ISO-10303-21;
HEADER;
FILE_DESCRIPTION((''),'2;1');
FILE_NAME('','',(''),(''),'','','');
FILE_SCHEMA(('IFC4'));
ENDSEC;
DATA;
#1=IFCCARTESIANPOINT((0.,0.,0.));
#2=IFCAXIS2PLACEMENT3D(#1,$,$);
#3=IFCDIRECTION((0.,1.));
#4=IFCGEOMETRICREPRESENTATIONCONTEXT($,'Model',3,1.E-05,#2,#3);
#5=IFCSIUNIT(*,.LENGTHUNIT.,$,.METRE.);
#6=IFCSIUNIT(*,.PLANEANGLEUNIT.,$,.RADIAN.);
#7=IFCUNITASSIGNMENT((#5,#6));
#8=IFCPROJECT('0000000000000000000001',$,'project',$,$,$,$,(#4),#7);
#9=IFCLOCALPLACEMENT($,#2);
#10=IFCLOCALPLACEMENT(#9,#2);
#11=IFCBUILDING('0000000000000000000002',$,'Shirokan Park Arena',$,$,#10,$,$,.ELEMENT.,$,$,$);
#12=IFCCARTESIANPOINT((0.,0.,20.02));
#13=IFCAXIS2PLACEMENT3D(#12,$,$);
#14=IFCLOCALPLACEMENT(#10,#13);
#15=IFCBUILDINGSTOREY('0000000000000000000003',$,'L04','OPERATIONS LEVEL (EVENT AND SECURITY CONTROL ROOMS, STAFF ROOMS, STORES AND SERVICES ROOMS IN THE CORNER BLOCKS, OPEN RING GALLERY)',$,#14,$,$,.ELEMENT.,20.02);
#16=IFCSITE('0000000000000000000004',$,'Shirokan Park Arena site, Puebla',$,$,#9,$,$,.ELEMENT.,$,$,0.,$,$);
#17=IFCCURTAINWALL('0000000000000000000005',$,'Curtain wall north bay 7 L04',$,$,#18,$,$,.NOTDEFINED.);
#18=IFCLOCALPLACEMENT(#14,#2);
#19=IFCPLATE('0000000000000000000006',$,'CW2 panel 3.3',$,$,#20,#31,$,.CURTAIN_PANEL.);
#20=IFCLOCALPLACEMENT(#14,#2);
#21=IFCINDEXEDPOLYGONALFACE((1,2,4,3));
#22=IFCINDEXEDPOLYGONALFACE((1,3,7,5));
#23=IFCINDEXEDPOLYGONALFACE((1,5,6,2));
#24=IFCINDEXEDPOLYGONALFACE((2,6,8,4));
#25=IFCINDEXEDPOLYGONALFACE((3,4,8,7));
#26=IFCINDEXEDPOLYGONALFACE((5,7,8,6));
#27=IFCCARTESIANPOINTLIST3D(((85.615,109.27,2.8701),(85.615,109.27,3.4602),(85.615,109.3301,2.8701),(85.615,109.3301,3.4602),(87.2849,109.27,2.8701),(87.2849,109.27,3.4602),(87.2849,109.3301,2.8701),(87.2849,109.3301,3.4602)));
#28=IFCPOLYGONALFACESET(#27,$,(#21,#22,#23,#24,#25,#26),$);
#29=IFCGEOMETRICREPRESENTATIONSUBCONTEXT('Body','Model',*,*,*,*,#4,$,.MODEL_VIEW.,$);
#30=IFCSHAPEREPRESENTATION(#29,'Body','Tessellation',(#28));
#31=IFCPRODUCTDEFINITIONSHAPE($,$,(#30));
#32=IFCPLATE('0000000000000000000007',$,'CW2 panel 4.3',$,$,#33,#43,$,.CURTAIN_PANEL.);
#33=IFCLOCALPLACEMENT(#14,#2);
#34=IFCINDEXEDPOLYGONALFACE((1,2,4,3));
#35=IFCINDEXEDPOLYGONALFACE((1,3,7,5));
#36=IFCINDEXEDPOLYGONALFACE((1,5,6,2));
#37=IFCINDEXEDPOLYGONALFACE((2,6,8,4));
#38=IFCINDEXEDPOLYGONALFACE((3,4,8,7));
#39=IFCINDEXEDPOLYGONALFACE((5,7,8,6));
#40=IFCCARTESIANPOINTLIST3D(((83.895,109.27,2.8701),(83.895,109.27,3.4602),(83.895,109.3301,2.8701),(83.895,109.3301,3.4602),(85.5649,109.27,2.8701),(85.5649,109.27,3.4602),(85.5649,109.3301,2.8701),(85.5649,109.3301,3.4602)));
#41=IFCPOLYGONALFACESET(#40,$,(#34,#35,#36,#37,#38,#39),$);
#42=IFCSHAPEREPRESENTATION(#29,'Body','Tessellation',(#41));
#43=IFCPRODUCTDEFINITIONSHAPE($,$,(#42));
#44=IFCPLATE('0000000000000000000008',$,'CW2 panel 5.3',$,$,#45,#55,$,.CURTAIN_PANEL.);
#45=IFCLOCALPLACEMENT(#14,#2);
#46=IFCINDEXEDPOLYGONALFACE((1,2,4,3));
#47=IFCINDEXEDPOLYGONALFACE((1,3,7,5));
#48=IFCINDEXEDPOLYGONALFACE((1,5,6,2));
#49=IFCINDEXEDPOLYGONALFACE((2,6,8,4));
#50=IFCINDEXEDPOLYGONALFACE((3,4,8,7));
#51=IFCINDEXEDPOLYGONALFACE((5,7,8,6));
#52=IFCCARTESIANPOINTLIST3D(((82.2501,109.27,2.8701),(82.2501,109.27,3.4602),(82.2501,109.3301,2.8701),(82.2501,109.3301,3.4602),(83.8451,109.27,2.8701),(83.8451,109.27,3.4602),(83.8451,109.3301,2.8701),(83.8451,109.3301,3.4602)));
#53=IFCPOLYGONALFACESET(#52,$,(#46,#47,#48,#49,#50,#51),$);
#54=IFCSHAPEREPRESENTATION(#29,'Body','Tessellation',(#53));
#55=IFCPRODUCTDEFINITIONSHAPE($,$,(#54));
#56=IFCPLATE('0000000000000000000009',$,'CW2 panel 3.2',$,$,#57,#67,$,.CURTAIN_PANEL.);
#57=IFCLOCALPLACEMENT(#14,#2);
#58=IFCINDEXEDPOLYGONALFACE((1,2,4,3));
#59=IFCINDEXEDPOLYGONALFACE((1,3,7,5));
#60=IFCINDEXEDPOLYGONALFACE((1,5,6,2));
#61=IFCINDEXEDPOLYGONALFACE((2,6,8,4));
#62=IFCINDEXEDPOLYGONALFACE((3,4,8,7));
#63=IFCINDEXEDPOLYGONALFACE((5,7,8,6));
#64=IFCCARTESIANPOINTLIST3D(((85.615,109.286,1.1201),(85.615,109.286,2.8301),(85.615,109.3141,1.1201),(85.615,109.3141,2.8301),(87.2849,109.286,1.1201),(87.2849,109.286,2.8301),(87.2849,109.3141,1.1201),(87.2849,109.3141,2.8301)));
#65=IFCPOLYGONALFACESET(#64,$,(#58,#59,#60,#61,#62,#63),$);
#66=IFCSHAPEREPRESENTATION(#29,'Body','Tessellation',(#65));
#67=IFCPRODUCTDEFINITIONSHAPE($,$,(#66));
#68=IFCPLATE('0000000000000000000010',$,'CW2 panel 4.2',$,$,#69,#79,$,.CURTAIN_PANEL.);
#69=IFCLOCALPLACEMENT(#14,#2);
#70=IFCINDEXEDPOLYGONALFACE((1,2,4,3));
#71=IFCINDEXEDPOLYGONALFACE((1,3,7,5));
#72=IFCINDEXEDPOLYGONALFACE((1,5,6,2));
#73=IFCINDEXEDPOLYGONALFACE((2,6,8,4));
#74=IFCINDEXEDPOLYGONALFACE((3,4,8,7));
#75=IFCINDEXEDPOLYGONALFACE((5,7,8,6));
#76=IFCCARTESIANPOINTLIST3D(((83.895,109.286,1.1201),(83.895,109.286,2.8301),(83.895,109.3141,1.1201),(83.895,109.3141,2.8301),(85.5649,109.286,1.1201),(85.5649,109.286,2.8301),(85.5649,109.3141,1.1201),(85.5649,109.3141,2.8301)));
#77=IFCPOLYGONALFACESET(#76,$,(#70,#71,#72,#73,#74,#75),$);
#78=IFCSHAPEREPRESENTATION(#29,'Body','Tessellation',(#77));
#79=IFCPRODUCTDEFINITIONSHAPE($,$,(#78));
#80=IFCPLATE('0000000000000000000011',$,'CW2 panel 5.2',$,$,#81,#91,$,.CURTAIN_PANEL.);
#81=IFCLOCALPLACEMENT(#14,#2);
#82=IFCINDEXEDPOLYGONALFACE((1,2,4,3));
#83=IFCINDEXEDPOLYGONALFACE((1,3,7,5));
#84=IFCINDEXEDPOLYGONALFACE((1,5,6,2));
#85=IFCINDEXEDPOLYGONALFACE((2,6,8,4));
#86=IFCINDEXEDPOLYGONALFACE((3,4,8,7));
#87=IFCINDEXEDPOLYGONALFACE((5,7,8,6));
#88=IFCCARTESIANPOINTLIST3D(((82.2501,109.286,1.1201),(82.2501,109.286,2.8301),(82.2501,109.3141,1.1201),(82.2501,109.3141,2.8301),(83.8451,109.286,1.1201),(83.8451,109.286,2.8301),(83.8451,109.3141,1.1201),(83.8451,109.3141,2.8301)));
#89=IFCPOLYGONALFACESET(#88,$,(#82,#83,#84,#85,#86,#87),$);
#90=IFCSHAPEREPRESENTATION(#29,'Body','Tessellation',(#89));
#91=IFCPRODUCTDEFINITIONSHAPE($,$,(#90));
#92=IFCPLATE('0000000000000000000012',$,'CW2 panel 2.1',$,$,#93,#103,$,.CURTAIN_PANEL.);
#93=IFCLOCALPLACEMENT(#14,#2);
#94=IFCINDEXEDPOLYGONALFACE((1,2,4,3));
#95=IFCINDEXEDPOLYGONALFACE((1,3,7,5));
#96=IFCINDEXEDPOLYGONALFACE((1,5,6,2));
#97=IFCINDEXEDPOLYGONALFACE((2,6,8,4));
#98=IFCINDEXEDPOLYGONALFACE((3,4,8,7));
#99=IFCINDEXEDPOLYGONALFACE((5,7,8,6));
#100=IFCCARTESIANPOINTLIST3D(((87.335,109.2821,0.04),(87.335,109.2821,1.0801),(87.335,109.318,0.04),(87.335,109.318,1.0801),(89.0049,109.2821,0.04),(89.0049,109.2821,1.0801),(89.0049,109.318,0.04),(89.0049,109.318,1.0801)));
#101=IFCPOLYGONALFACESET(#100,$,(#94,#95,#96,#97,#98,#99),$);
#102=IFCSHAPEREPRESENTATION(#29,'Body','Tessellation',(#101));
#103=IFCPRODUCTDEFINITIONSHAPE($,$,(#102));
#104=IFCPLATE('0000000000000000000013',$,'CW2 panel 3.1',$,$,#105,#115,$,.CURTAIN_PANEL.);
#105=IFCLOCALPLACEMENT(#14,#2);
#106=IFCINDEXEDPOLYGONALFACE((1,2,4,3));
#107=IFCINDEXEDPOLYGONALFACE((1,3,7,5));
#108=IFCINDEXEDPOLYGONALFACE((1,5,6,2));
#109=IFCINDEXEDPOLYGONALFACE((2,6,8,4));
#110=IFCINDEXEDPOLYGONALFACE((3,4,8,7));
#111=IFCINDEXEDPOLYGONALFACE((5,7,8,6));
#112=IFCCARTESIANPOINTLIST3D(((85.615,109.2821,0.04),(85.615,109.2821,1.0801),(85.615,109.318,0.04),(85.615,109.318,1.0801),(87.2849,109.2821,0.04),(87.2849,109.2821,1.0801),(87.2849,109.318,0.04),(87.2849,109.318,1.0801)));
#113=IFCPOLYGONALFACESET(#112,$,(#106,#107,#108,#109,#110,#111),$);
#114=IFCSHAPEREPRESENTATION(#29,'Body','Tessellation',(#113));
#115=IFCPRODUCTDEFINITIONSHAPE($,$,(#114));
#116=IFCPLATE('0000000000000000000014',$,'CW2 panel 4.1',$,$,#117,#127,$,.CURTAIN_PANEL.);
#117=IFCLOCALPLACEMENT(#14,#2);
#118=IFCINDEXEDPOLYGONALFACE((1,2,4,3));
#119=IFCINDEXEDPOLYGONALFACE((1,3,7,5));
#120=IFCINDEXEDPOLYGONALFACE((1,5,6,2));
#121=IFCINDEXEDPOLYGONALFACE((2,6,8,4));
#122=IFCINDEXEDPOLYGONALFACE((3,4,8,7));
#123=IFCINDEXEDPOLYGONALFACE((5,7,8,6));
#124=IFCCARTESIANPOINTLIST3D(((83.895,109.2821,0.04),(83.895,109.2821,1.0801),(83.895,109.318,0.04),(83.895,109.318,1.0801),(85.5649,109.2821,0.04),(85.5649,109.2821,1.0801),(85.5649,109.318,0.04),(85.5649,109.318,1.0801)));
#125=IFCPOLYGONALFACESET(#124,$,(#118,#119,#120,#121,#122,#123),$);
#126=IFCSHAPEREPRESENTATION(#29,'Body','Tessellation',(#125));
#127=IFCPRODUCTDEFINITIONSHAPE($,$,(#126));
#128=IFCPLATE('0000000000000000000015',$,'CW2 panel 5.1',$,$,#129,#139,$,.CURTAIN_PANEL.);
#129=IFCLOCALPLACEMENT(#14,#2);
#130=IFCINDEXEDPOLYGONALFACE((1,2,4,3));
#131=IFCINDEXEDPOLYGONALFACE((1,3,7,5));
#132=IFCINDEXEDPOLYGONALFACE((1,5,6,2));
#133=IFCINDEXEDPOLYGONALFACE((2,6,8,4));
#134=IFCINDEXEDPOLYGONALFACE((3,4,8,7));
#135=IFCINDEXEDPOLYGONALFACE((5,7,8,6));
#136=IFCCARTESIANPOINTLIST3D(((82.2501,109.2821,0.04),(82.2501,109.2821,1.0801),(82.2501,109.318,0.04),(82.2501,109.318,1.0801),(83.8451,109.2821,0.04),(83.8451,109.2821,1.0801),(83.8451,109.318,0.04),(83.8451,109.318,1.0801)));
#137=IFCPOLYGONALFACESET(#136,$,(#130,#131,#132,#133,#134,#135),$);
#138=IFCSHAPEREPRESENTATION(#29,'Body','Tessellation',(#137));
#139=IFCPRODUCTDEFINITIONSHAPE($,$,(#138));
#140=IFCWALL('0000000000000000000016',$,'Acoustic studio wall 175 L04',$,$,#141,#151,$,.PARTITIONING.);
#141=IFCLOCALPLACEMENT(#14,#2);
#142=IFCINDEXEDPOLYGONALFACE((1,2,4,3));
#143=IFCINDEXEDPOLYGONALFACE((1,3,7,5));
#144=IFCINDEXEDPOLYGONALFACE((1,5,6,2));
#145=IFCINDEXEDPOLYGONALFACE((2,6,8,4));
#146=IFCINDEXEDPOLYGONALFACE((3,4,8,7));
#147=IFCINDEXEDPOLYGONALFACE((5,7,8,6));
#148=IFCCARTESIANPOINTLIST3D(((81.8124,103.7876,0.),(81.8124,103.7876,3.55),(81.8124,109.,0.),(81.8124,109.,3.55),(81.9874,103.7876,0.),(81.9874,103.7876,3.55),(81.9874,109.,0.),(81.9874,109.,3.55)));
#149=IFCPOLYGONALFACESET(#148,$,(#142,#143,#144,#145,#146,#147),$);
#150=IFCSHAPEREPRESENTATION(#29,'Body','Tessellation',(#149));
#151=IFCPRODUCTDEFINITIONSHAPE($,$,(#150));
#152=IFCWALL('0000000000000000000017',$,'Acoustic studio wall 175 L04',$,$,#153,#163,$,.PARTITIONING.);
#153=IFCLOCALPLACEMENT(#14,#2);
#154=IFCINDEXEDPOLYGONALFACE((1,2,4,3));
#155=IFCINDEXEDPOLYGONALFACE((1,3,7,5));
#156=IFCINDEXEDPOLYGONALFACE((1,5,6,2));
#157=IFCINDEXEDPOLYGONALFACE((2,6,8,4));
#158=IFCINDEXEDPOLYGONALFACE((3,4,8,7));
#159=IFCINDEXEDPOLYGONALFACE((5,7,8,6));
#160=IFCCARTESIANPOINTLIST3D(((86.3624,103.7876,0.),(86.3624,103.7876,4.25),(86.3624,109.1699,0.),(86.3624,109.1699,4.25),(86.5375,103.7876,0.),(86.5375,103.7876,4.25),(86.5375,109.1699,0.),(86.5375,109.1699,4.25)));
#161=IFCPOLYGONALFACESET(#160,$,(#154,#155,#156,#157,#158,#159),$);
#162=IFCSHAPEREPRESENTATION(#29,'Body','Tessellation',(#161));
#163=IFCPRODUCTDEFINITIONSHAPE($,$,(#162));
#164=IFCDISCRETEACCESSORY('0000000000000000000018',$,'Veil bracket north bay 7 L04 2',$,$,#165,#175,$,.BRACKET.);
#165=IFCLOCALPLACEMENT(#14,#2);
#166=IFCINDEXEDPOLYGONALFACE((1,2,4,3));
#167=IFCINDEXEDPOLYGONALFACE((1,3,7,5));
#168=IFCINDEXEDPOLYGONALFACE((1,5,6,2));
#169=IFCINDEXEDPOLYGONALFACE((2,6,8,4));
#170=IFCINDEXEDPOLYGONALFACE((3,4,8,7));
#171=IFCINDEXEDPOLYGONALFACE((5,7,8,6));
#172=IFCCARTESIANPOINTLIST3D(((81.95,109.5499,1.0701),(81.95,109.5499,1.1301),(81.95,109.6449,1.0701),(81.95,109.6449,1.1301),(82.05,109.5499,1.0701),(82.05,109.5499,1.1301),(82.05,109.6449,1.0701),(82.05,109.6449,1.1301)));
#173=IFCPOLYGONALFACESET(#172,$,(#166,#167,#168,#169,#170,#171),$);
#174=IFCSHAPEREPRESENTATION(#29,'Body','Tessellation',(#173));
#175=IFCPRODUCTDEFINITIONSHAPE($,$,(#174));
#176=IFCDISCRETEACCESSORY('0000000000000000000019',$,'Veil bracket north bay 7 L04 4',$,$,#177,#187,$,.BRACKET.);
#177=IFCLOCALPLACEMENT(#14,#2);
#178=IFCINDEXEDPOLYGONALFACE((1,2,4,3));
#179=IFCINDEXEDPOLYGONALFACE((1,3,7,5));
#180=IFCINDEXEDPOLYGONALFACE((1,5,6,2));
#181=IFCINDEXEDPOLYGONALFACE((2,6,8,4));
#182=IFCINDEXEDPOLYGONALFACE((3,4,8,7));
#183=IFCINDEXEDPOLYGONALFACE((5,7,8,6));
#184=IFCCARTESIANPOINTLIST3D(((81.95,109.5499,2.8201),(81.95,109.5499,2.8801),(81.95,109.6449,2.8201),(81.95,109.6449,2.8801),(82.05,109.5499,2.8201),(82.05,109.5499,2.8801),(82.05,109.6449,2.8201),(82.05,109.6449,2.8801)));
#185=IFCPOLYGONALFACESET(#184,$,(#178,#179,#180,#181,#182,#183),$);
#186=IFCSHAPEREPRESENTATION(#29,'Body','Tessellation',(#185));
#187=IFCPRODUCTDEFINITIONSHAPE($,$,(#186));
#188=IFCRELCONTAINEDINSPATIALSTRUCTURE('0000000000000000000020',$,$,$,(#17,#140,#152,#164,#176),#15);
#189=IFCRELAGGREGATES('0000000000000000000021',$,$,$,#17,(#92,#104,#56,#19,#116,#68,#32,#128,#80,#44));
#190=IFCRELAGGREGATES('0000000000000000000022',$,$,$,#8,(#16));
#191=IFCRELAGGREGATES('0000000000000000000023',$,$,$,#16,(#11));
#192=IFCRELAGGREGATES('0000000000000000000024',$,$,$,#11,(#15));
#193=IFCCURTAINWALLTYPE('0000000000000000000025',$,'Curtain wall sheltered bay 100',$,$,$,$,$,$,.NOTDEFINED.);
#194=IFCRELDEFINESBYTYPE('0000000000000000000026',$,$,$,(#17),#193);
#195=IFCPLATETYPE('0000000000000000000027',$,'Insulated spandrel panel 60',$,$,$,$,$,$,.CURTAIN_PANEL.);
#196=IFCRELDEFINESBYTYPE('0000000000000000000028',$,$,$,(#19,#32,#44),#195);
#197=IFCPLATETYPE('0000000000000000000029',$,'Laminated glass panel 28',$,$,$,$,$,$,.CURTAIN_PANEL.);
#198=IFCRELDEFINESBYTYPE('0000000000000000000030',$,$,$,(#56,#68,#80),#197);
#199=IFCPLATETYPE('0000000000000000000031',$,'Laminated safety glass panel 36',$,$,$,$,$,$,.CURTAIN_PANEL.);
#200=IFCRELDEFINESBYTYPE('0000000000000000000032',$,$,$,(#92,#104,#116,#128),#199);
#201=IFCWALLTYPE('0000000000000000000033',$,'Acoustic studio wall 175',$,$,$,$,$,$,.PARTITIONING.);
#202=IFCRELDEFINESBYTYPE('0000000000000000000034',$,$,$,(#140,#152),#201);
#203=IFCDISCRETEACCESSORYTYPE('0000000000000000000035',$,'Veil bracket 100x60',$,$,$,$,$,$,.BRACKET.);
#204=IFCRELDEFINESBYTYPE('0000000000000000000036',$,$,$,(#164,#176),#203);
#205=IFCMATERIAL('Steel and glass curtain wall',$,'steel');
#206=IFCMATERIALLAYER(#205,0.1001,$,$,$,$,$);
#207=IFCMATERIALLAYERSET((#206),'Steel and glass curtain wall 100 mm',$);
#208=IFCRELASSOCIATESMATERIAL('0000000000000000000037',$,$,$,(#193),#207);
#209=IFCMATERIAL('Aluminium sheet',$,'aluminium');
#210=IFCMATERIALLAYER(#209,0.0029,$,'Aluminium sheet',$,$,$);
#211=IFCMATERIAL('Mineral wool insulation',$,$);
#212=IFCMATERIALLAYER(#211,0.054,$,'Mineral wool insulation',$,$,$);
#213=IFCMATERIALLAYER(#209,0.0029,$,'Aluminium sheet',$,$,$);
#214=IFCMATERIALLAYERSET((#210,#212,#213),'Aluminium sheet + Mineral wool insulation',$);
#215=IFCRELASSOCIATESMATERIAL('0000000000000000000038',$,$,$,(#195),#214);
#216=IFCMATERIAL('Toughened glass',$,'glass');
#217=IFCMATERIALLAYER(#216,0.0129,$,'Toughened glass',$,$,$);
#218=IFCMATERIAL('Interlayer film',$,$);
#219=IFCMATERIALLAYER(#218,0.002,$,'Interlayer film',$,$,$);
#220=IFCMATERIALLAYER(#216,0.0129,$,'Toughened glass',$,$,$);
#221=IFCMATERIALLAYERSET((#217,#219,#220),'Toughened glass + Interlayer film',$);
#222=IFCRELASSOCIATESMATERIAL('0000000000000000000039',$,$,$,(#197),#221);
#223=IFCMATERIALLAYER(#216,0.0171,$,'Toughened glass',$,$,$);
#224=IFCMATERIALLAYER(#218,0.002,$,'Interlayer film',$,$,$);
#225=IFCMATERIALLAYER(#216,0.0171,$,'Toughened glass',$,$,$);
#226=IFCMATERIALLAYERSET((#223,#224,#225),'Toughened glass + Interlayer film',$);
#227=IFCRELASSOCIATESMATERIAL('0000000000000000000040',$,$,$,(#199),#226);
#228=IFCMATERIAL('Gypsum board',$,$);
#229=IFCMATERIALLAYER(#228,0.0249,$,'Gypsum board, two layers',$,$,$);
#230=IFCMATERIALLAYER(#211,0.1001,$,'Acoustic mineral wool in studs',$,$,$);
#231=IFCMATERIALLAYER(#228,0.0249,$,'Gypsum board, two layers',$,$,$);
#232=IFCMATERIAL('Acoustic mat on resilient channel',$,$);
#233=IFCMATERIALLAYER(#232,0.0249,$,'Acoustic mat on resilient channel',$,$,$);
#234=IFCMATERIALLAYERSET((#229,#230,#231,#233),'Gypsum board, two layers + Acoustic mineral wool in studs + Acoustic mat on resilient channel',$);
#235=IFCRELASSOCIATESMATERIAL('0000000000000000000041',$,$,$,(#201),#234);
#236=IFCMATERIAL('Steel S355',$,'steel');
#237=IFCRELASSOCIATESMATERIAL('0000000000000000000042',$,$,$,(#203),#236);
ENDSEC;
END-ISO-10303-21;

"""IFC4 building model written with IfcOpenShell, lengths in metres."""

from ifc_helpers import new_model, si_unit, direction, frame, frame_2d, origin, origin_2d, place, context, subcontext, project, spatial, rectangle, extrude, material, layer, layer_set, type_object, element, aggregate, save


model = new_model("IFC4")

# Units and contexts
model_context = context("Model", 3, precision=1e-05, world=origin(), true_north=direction((0.0, 1.0)))
body_context = subcontext(model_context, "Body", "Model", "MODEL_VIEW")
ifc_project = project(units=[si_unit("LENGTHUNIT", "METRE"), si_unit("PLANEANGLEUNIT", "RADIAN")], contexts=[model_context])

# Site, building, storey
site_placement = place(None, origin())
site = spatial("IfcSite", under=ifc_project, at=site_placement, Name="Shirokan Park Arena site, Puebla", CompositionType="ELEMENT", RefElevation=0.0)
building_placement = place(site_placement, origin())
building = spatial("IfcBuilding", under=site, at=building_placement, Name="Shirokan Park Arena", CompositionType="ELEMENT")
storey_placement = place(building_placement, frame((0.0, 0.0, 20.02)))
storey = spatial("IfcBuildingStorey", under=building, at=storey_placement, Name="L04", Description="OPERATIONS LEVEL (EVENT AND SECURITY CONTROL ROOMS, STAFF ROOMS, STORES AND SERVICES ROOMS IN THE CORNER BLOCKS, OPEN RING GALLERY)", CompositionType="ELEMENT", Elevation=20.02)

# Curtain wall
ifc_material_1 = material(Name="Steel and glass curtain wall", Category="steel")
ifc_layer_1 = layer(ifc_material_1, 0.1001)
ifc_layer_set_1 = layer_set([ifc_layer_1], Name="Steel and glass curtain wall 100 mm")
curtain_wall_type = type_object("IfcCurtainWallType", Name="Curtain wall sheltered bay 100", PredefinedType="NOTDEFINED", material=ifc_layer_set_1)
curtain_wall_placement = place(storey_placement, origin())
curtain_wall = element("IfcCurtainWall", 1, at=curtain_wall_placement, inside=storey, type_object=curtain_wall_type, Name="Curtain wall north bay 7 L04", PredefinedType="NOTDEFINED")
ifc_material_2 = material(Name="Steel S355", Category="steel")

# Plates
ifc_material_3 = material(Name="Aluminium sheet", Category="aluminium")
ifc_layer_2 = layer(ifc_material_3, 0.0029, Name="Aluminium sheet")
ifc_material_4 = material(Name="Mineral wool insulation")
ifc_layer_3 = layer(ifc_material_4, 0.054, Name="Mineral wool insulation")
ifc_layer_4 = layer(ifc_material_3, 0.0029, Name="Aluminium sheet")
ifc_layer_set_2 = layer_set([ifc_layer_2, ifc_layer_3, ifc_layer_4], Name="Aluminium sheet + Mineral wool insulation")
plate_type_1 = type_object("IfcPlateType", Name="Insulated spandrel panel 60", PredefinedType="CURTAIN_PANEL", material=ifc_layer_set_2)
plate_1_placement = place(storey_placement, frame((86.45, 109.3, 2.8701), z_axis=(0.0, 0.0, 1.0), x_axis=(-1.0, 0.0, 0.0)))
plate_1 = element("IfcPlate", 2, at=plate_1_placement, type_object=plate_type_1, Name="CW2 panel 3.3", PredefinedType="CURTAIN_PANEL", context=body_context, shape_type="SweptSolid", body=[
    extrude(rectangle(XDim=1.6699, YDim=0.0601, at=origin_2d()), origin(), (0.0, 0.0, 1.0), 0.5901),
])
plate_2_placement = place(storey_placement, frame((84.73, 109.3, 2.8701), z_axis=(0.0, 0.0, 1.0), x_axis=(-1.0, 0.0, 0.0)))
plate_2 = element("IfcPlate", 3, at=plate_2_placement, type_object=plate_type_1, Name="CW2 panel 4.3", PredefinedType="CURTAIN_PANEL", context=body_context, shape_type="SweptSolid", body=[
    extrude(rectangle(XDim=1.6699, YDim=0.0601, at=origin_2d()), origin(), (0.0, 0.0, 1.0), 0.5901),
])
plate_3_placement = place(storey_placement, frame((83.0476, 109.3, 2.8701), z_axis=(0.0, 0.0, 1.0), x_axis=(-1.0, 0.0, 0.0)))
plate_3 = element("IfcPlate", 4, at=plate_3_placement, type_object=plate_type_1, Name="CW2 panel 5.3", PredefinedType="CURTAIN_PANEL", context=body_context, shape_type="SweptSolid", body=[
    extrude(rectangle(XDim=1.595, YDim=0.0601, at=origin_2d()), origin(), (0.0, 0.0, 1.0), 0.5901),
])
ifc_material_5 = material(Name="Toughened glass", Category="glass")
ifc_layer_5 = layer(ifc_material_5, 0.0129, Name="Toughened glass")
ifc_material_6 = material(Name="Interlayer film")
ifc_layer_6 = layer(ifc_material_6, 0.002, Name="Interlayer film")
ifc_layer_7 = layer(ifc_material_5, 0.0129, Name="Toughened glass")
ifc_layer_set_3 = layer_set([ifc_layer_5, ifc_layer_6, ifc_layer_7], Name="Toughened glass + Interlayer film")
plate_type_2 = type_object("IfcPlateType", Name="Laminated glass panel 28", PredefinedType="CURTAIN_PANEL", material=ifc_layer_set_3)
plate_4_placement = place(storey_placement, frame((86.45, 109.3, 1.1201), z_axis=(0.0, 0.0, 1.0), x_axis=(-1.0, 0.0, 0.0)))
plate_4 = element("IfcPlate", 5, at=plate_4_placement, type_object=plate_type_2, Name="CW2 panel 3.2", PredefinedType="CURTAIN_PANEL", context=body_context, shape_type="SweptSolid", body=[
    extrude(rectangle(XDim=1.6699, YDim=0.0281, at=origin_2d()), origin(), (0.0, 0.0, 1.0), 1.71),
])
plate_5_placement = place(storey_placement, frame((84.73, 109.3, 1.1201), z_axis=(0.0, 0.0, 1.0), x_axis=(-1.0, 0.0, 0.0)))
plate_5 = element("IfcPlate", 6, at=plate_5_placement, type_object=plate_type_2, Name="CW2 panel 4.2", PredefinedType="CURTAIN_PANEL", context=body_context, shape_type="SweptSolid", body=[
    extrude(rectangle(XDim=1.6699, YDim=0.0281, at=origin_2d()), origin(), (0.0, 0.0, 1.0), 1.71),
])
plate_6_placement = place(storey_placement, frame((83.0476, 109.3, 1.1201), z_axis=(0.0, 0.0, 1.0), x_axis=(-1.0, 0.0, 0.0)))
plate_6 = element("IfcPlate", 7, at=plate_6_placement, type_object=plate_type_2, Name="CW2 panel 5.2", PredefinedType="CURTAIN_PANEL", context=body_context, shape_type="SweptSolid", body=[
    extrude(rectangle(XDim=1.595, YDim=0.0281, at=origin_2d()), origin(), (0.0, 0.0, 1.0), 1.71),
])
ifc_layer_8 = layer(ifc_material_5, 0.0171, Name="Toughened glass")
ifc_layer_9 = layer(ifc_material_6, 0.002, Name="Interlayer film")
ifc_layer_10 = layer(ifc_material_5, 0.0171, Name="Toughened glass")
ifc_layer_set_4 = layer_set([ifc_layer_8, ifc_layer_9, ifc_layer_10], Name="Toughened glass + Interlayer film")
plate_type_3 = type_object("IfcPlateType", Name="Laminated safety glass panel 36", PredefinedType="CURTAIN_PANEL", material=ifc_layer_set_4)
plate_7_placement = place(storey_placement, frame((88.1699, 109.3, 0.04), z_axis=(0.0, 0.0, 1.0), x_axis=(-1.0, 0.0, 0.0)))
plate_7 = element("IfcPlate", 8, at=plate_7_placement, type_object=plate_type_3, Name="CW2 panel 2.1", PredefinedType="CURTAIN_PANEL", context=body_context, shape_type="SweptSolid", body=[
    extrude(rectangle(XDim=1.6699, YDim=0.0359, at=origin_2d()), origin(), (0.0, 0.0, 1.0), 1.04),
])
plate_8_placement = place(storey_placement, frame((86.45, 109.3, 0.04), z_axis=(0.0, 0.0, 1.0), x_axis=(-1.0, 0.0, 0.0)))
plate_8 = element("IfcPlate", 9, at=plate_8_placement, type_object=plate_type_3, Name="CW2 panel 3.1", PredefinedType="CURTAIN_PANEL", context=body_context, shape_type="SweptSolid", body=[
    extrude(rectangle(XDim=1.6699, YDim=0.0359, at=origin_2d()), origin(), (0.0, 0.0, 1.0), 1.04),
])
plate_9_placement = place(storey_placement, frame((84.73, 109.3, 0.04), z_axis=(0.0, 0.0, 1.0), x_axis=(-1.0, 0.0, 0.0)))
plate_9 = element("IfcPlate", 10, at=plate_9_placement, type_object=plate_type_3, Name="CW2 panel 4.1", PredefinedType="CURTAIN_PANEL", context=body_context, shape_type="SweptSolid", body=[
    extrude(rectangle(XDim=1.6699, YDim=0.0359, at=origin_2d()), origin(), (0.0, 0.0, 1.0), 1.04),
])
plate_10_placement = place(storey_placement, frame((83.0476, 109.3, 0.04), z_axis=(0.0, 0.0, 1.0), x_axis=(-1.0, 0.0, 0.0)))
plate_10 = element("IfcPlate", 11, at=plate_10_placement, type_object=plate_type_3, Name="CW2 panel 5.1", PredefinedType="CURTAIN_PANEL", context=body_context, shape_type="SweptSolid", body=[
    extrude(rectangle(XDim=1.595, YDim=0.0359, at=origin_2d()), origin(), (0.0, 0.0, 1.0), 1.04),
])
aggregate(curtain_wall, [plate_7, plate_8, plate_4, plate_1, plate_9, plate_5, plate_2, plate_10, plate_6, plate_3])

# Walls
ifc_material_7 = material(Name="Gypsum board")
ifc_layer_11 = layer(ifc_material_7, 0.0249, Name="Gypsum board, two layers")
ifc_layer_12 = layer(ifc_material_4, 0.1001, Name="Acoustic mineral wool in studs")
ifc_layer_13 = layer(ifc_material_7, 0.0249, Name="Gypsum board, two layers")
ifc_material_8 = material(Name="Acoustic mat on resilient channel")
ifc_layer_14 = layer(ifc_material_8, 0.0249, Name="Acoustic mat on resilient channel")
ifc_layer_set_5 = layer_set([ifc_layer_11, ifc_layer_12, ifc_layer_13, ifc_layer_14], Name="Gypsum board, two layers + Acoustic mineral wool in studs + Acoustic mat on resilient channel")
wall_type = type_object("IfcWallType", Name="Acoustic studio wall 175", PredefinedType="PARTITIONING", material=ifc_layer_set_5)
wall_1_placement = place(storey_placement, frame((81.8999, 109.0, 0.0), z_axis=(0.0, 0.0, 1.0), x_axis=(0.0, -1.0, 0.0)))
element("IfcWall", 12, at=wall_1_placement, inside=storey, type_object=wall_type, Name="Acoustic studio wall 175 L04", PredefinedType="PARTITIONING", context=body_context, shape_type="SweptSolid", body=[
    extrude(rectangle(XDim=5.2124, YDim=0.175, at=frame_2d((2.6062, 0.0))), origin(), (0.0, 0.0, 1.0), 3.55),
])
wall_2_placement = place(storey_placement, frame((86.45, 109.1699, 0.0), z_axis=(0.0, 0.0, 1.0), x_axis=(0.0, -1.0, 0.0)))
element("IfcWall", 13, at=wall_2_placement, inside=storey, type_object=wall_type, Name="Acoustic studio wall 175 L04", PredefinedType="PARTITIONING", context=body_context, shape_type="SweptSolid", body=[
    extrude(rectangle(XDim=5.3823, YDim=0.175, at=frame_2d((2.6912, 0.0))), origin(), (0.0, 0.0, 1.0), 4.25),
])

# Discrete accessories
discrete_accessory_type = type_object("IfcDiscreteAccessoryType", Name="Veil bracket 100x60", PredefinedType="BRACKET", material=ifc_material_2)
for number, where, z_axis, x_axis, name in (
    (14, (82.0, 109.5974, 1.0701), (0.0, 0.0, 1.0), (-1.0, 0.0, 0.0), "Veil bracket north bay 7 L04 2"),
    (15, (82.0, 109.5974, 2.8201), (0.0, 0.0, 1.0), (-1.0, 0.0, 0.0), "Veil bracket north bay 7 L04 4"),
):
    element("IfcDiscreteAccessory", number, at=place(storey_placement, frame(where, z_axis=z_axis, x_axis=x_axis)), inside=storey, type_object=discrete_accessory_type, Name=name, PredefinedType="BRACKET", context=body_context, shape_type="SweptSolid", body=[
        extrude(rectangle(XDim=0.1001, YDim=0.095, at=origin_2d()), origin(), (0.0, 0.0, 1.0), 0.0601),
    ])

save(model, "model.ifc")
